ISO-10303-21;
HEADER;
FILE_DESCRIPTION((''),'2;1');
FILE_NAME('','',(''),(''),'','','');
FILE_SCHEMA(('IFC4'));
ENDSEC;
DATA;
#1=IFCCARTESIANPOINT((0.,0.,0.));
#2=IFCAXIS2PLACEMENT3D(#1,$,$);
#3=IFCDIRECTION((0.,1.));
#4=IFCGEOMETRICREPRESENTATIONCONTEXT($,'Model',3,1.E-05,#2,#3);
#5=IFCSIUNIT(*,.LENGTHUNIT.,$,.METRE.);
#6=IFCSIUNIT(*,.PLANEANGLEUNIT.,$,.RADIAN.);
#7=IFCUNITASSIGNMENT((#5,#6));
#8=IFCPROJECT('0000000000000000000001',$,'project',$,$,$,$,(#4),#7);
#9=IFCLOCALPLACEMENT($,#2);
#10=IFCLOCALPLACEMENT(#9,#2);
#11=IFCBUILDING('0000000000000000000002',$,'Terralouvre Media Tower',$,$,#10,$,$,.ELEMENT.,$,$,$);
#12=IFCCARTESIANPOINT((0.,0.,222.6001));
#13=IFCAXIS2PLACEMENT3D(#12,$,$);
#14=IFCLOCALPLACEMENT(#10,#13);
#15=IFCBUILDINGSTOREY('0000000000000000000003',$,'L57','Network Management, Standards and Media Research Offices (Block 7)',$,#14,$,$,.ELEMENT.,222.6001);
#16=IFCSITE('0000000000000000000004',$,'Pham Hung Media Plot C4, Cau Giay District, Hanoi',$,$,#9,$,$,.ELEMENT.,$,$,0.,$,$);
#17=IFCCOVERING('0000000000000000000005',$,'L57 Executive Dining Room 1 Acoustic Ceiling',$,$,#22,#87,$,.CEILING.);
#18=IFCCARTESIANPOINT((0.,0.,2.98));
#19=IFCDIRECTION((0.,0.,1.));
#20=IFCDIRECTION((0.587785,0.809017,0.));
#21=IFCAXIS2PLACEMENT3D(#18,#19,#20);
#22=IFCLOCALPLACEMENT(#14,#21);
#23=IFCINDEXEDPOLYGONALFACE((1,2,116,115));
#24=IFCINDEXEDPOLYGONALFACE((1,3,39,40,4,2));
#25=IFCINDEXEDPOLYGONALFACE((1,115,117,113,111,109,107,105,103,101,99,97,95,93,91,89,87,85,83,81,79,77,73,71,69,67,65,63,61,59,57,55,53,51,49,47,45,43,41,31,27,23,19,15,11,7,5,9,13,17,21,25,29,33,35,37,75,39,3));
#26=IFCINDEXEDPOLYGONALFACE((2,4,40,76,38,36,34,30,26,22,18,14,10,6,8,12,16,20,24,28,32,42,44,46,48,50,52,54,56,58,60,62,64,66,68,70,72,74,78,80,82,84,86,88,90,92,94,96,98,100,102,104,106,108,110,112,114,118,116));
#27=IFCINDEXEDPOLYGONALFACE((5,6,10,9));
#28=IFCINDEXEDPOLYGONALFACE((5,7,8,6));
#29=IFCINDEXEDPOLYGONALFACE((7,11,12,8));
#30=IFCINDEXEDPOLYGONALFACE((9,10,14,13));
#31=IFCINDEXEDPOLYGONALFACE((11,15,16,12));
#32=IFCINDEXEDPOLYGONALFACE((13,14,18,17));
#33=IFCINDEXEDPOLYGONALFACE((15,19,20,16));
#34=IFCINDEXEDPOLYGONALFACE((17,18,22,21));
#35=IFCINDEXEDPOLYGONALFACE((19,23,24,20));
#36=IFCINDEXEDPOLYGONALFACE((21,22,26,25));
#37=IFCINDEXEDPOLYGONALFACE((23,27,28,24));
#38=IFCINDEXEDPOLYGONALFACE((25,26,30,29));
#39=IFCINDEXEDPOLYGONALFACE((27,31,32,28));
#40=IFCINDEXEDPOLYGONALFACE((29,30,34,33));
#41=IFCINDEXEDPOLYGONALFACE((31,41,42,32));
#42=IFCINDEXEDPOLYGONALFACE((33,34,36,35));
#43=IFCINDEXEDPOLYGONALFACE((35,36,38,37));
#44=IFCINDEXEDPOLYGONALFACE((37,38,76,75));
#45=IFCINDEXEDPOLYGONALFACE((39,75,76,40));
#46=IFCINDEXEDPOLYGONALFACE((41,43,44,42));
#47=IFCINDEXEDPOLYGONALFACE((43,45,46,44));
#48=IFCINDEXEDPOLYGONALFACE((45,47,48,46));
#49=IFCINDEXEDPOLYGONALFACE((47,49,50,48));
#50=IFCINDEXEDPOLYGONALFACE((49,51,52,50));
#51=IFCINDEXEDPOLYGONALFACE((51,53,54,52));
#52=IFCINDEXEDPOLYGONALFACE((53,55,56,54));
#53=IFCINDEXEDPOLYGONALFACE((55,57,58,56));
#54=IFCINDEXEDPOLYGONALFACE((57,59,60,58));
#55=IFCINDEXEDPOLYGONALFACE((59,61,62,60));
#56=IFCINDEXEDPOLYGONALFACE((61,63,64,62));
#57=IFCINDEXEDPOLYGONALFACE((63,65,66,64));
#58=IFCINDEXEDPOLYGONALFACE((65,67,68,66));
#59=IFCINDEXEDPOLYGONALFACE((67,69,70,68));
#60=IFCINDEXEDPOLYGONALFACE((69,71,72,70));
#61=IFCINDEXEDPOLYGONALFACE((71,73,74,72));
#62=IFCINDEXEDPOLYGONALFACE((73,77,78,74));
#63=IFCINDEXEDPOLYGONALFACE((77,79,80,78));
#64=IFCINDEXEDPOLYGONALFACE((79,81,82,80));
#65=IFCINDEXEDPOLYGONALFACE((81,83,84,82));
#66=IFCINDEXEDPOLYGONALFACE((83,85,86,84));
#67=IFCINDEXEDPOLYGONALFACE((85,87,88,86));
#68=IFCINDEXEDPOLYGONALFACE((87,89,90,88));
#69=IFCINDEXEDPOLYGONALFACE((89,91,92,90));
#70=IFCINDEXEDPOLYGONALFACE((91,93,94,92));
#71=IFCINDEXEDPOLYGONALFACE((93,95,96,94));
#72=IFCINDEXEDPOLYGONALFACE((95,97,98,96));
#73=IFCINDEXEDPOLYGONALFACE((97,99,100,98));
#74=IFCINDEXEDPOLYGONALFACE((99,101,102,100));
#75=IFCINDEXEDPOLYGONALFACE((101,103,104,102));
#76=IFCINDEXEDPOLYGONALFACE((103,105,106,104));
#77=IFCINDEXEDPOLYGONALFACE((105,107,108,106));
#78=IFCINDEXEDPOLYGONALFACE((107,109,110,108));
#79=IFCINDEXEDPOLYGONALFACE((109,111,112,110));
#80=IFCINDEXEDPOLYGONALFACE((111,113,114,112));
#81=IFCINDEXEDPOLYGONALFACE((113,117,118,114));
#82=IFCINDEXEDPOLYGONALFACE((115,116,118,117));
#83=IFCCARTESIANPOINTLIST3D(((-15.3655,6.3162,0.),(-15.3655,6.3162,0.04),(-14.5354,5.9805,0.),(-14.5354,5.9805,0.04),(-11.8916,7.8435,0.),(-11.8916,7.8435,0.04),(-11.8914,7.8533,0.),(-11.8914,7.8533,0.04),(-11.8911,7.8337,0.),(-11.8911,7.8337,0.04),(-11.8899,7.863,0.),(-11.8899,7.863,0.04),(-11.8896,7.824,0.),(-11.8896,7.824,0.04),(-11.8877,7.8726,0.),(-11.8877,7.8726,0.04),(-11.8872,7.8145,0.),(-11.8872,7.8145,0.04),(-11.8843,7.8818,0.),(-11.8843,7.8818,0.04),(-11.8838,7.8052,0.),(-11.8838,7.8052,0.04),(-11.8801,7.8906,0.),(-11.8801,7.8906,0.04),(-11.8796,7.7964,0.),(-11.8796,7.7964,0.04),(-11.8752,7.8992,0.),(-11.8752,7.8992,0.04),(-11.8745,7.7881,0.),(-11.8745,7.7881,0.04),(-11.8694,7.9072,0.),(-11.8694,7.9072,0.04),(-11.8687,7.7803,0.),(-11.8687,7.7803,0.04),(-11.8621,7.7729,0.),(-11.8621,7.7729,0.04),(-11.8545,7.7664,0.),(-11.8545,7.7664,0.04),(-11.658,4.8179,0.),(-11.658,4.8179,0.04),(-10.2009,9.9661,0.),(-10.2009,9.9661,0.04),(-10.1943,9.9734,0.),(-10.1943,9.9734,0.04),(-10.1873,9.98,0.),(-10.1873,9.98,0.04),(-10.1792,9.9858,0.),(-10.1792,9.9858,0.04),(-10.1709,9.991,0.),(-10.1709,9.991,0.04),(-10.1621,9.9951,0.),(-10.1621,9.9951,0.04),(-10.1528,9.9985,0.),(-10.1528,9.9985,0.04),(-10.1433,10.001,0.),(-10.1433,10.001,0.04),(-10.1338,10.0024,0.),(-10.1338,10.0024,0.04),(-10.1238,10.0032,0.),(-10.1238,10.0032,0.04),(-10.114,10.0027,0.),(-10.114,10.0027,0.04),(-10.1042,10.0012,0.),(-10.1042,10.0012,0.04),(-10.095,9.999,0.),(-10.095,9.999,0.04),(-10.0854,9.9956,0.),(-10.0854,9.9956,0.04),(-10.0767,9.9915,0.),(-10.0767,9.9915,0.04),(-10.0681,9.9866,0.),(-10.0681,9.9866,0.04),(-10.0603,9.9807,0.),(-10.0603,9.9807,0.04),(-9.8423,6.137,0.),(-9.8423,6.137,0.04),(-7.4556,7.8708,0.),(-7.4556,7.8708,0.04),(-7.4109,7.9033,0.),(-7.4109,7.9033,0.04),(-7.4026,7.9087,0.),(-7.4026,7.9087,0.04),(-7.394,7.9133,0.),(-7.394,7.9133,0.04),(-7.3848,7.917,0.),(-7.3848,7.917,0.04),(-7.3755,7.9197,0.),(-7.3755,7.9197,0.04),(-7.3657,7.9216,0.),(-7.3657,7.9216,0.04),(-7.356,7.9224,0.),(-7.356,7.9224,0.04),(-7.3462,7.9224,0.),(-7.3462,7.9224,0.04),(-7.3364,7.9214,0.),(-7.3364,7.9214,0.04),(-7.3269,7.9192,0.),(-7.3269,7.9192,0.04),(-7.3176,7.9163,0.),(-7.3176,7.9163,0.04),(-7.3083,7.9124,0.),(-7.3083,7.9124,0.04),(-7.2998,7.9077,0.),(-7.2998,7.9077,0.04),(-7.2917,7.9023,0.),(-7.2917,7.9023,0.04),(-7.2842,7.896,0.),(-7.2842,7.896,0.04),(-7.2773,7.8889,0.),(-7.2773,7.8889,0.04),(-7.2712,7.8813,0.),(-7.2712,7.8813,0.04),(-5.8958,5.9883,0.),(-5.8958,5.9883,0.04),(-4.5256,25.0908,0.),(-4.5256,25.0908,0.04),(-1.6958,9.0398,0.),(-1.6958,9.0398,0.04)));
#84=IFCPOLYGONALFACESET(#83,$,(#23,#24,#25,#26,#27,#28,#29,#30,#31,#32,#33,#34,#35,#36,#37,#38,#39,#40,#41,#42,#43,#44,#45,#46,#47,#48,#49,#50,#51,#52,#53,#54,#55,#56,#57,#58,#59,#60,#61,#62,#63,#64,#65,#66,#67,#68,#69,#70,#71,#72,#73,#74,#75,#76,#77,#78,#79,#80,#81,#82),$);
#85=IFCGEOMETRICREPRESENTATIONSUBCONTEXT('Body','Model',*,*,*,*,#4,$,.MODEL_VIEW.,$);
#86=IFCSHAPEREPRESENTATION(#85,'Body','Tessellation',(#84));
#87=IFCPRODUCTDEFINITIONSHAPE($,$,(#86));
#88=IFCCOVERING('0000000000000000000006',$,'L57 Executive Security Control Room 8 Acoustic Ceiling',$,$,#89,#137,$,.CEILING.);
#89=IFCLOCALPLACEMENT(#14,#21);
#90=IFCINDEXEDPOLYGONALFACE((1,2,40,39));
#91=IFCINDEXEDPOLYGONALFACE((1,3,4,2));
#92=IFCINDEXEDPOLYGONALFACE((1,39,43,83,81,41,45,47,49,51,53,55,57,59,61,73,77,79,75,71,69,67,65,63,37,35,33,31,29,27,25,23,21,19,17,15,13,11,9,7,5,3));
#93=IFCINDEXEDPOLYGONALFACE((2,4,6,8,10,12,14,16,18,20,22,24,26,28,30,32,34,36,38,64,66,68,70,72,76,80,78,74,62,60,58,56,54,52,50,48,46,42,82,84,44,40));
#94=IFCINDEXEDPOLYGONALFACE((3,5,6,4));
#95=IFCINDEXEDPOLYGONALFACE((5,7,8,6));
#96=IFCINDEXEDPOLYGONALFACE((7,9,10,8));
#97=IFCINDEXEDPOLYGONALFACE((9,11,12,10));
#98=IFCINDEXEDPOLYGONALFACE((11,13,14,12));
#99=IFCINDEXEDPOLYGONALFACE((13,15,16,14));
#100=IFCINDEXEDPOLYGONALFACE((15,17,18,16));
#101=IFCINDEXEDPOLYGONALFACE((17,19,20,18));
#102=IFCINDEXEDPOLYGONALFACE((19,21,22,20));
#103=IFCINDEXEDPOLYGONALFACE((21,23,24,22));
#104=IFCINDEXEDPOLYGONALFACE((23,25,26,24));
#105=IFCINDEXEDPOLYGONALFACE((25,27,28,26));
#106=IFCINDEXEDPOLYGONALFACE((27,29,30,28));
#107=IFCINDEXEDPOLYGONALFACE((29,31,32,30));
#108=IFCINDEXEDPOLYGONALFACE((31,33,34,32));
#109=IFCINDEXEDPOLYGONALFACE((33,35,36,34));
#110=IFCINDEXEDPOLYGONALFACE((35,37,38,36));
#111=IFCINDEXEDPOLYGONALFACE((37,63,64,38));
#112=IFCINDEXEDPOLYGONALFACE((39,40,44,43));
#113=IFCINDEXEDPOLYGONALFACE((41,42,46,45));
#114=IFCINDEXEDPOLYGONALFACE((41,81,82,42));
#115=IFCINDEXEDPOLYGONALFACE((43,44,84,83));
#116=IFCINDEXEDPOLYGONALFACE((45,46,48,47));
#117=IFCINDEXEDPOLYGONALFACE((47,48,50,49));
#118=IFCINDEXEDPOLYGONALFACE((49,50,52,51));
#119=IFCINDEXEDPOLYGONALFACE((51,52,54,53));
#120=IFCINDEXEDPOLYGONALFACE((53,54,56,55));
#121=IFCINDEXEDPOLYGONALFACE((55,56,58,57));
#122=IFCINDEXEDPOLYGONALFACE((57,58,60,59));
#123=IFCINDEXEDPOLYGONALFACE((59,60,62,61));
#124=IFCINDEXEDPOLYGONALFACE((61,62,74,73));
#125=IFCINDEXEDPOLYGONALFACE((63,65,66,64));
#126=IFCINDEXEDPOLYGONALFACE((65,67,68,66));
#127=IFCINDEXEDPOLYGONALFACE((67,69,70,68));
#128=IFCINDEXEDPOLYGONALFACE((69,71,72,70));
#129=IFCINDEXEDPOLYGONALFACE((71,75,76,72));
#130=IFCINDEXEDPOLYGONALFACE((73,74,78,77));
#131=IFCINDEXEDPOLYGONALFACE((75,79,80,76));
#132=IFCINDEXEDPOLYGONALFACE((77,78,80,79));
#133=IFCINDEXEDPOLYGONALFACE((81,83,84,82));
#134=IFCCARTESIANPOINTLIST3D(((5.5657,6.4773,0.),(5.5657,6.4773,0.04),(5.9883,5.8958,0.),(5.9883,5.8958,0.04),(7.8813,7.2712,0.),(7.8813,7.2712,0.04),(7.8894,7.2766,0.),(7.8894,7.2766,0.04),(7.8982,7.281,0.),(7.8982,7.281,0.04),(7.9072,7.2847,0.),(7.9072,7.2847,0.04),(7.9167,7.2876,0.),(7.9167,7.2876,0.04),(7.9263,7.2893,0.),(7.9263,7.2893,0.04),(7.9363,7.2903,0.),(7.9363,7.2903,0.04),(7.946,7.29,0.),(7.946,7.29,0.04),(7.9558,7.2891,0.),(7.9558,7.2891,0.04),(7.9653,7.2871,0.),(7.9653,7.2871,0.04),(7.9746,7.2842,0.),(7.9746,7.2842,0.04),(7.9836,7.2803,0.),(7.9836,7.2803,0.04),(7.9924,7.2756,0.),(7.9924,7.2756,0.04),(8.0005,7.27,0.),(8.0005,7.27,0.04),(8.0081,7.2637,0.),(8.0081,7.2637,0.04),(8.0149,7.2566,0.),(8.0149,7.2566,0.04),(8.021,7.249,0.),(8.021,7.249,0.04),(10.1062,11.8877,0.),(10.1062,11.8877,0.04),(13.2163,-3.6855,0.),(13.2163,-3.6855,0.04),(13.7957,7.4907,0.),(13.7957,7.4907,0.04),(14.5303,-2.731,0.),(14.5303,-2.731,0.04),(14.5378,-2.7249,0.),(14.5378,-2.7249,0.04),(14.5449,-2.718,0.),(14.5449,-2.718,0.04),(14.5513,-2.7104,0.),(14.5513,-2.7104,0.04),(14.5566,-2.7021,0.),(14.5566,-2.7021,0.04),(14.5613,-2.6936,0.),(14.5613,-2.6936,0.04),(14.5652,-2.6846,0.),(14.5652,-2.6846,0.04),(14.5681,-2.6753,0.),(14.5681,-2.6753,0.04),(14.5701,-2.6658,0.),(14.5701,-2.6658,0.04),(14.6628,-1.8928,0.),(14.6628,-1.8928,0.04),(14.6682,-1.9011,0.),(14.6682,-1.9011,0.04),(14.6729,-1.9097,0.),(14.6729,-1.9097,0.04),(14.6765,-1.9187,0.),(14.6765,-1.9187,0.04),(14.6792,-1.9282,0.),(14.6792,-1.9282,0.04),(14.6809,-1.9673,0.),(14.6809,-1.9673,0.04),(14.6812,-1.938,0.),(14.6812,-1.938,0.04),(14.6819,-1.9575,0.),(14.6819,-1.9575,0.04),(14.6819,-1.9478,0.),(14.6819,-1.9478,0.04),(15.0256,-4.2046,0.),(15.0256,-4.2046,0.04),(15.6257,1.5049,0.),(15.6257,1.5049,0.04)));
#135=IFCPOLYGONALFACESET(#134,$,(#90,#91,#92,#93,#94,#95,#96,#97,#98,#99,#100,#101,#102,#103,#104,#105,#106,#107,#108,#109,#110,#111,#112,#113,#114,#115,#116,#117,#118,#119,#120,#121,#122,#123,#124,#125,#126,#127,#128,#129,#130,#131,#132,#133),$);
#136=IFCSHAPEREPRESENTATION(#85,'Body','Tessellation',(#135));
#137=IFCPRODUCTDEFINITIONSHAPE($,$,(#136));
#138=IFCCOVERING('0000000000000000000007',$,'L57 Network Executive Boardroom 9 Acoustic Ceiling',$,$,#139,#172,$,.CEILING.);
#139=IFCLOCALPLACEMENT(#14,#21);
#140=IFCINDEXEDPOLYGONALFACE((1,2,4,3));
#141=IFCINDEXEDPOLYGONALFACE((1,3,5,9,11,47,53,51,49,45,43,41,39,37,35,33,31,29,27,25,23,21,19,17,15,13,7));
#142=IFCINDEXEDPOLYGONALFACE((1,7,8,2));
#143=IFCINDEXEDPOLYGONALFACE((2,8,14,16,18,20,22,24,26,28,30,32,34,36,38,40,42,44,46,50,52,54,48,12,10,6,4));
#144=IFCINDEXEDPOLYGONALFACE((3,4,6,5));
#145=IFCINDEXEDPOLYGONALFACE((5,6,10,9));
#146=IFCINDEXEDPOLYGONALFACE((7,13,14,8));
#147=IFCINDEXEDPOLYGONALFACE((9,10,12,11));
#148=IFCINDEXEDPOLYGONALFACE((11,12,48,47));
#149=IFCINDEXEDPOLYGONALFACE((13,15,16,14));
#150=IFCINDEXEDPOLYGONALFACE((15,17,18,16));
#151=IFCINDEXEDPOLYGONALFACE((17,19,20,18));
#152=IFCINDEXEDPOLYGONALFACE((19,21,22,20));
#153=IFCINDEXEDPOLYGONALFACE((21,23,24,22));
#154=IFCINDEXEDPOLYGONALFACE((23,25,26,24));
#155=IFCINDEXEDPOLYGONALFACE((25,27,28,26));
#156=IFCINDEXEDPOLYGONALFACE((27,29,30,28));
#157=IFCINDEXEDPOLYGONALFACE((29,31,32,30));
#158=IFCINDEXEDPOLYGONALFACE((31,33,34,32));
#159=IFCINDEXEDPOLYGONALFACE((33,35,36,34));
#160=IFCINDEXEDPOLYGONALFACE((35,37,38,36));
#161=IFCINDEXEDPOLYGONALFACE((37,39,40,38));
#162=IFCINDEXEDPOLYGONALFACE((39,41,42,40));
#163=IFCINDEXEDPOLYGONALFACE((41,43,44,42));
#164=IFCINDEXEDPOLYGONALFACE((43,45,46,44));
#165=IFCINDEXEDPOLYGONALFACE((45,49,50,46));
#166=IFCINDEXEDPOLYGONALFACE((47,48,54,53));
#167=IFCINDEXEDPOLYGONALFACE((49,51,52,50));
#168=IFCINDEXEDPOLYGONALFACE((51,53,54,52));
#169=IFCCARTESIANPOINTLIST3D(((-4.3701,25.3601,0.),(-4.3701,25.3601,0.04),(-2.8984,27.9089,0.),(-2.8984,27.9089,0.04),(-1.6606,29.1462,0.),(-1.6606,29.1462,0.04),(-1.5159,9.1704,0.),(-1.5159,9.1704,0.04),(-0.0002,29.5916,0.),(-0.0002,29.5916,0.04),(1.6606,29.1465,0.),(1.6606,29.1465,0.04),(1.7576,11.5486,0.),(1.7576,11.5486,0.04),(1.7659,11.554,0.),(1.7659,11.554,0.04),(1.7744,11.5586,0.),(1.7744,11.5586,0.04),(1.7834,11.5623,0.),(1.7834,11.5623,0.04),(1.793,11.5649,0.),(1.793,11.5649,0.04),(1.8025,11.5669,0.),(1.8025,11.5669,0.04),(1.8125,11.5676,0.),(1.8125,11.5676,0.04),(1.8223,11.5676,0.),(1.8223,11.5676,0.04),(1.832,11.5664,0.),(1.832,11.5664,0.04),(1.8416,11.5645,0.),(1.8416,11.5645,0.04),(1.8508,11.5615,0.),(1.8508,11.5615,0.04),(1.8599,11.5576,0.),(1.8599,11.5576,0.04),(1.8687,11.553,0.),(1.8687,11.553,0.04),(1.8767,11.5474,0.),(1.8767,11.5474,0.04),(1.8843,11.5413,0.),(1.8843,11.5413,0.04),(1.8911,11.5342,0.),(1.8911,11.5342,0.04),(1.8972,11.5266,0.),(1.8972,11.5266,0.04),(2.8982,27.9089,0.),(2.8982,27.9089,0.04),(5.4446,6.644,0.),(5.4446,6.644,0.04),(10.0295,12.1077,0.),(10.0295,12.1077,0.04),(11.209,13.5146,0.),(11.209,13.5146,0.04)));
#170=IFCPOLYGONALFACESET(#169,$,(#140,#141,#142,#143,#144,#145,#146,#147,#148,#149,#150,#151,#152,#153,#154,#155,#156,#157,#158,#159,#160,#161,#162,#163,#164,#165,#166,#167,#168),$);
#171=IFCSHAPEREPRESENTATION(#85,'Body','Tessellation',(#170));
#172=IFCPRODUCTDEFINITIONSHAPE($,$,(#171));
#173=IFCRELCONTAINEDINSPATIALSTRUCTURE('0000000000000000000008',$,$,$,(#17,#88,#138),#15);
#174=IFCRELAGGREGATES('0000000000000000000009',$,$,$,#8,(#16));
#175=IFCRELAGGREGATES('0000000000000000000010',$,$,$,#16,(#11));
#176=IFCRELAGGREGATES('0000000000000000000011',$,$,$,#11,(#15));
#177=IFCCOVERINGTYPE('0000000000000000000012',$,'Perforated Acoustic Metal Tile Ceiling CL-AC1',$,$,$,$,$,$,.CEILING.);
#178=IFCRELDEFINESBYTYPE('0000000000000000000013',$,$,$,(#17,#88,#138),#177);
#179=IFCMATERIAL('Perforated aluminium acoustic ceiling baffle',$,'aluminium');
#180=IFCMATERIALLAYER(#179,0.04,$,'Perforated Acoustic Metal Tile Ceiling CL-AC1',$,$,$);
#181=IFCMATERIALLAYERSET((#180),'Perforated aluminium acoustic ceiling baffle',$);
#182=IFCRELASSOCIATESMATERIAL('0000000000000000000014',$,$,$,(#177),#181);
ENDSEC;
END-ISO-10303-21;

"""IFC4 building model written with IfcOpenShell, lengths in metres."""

from ifc_helpers import new_model, si_unit, direction, frame, origin, place, context, subcontext, project, spatial, polyline, outline, extrude, material, layer, layer_set, type_object, element, save


model = new_model("IFC4")

# Units and contexts
model_context = context("Model", 3, precision=1e-05, world=origin(), true_north=direction((0.0, 1.0)))
body_context = subcontext(model_context, "Body", "Model", "MODEL_VIEW")
ifc_project = project(units=[si_unit("LENGTHUNIT", "METRE"), si_unit("PLANEANGLEUNIT", "RADIAN")], contexts=[model_context])

# Site, building, storey
site_placement = place(None, origin())
site = spatial("IfcSite", under=ifc_project, at=site_placement, Name="Pham Hung Media Plot C4, Cau Giay District, Hanoi", CompositionType="ELEMENT", RefElevation=0.0)
building_placement = place(site_placement, origin())
building = spatial("IfcBuilding", under=site, at=building_placement, Name="Terralouvre Media Tower", CompositionType="ELEMENT")
storey_placement = place(building_placement, frame((0.0, 0.0, 222.6001)))
storey = spatial("IfcBuildingStorey", under=building, at=storey_placement, Name="L57", Description="Network Management, Standards and Media Research Offices (Block 7)", CompositionType="ELEMENT", Elevation=222.6001)

# Coverings
ifc_material_1 = material(Name="Perforated aluminium acoustic ceiling baffle", Category="aluminium")
ifc_layer_1 = layer(ifc_material_1, 0.04, Name="Perforated Acoustic Metal Tile Ceiling CL-AC1")
ifc_layer_set_1 = layer_set([ifc_layer_1], Name="Perforated aluminium acoustic ceiling baffle")
covering_type = type_object("IfcCoveringType", Name="Perforated Acoustic Metal Tile Ceiling CL-AC1", PredefinedType="CEILING", material=ifc_layer_set_1)
covering_1_placement = place(storey_placement, frame((0.0, 0.0, 2.98), z_axis=(0.0, 0.0, 1.0), x_axis=(0.587785, 0.809017, 0.0)))
element("IfcCovering", 1, at=covering_1_placement, inside=storey, type_object=covering_type, Name="L57 Executive Dining Room 1 Acoustic Ceiling", PredefinedType="CEILING", context=body_context, shape_type="SweptSolid", body=[
    extrude(outline(polyline([(-11.658, 4.8179), (-9.8423, 6.137), (-11.8545, 7.7664), (-11.8621, 7.7729), (-11.8687, 7.7803), (-11.8745, 7.7881), (-11.8796, 7.7964), (-11.8838, 7.8052), (-11.8872, 7.8145), (-11.8896, 7.824), (-11.8911, 7.8337), (-11.8916, 7.8435), (-11.8914, 7.8533), (-11.8899, 7.863), (-11.8877, 7.8726), (-11.8843, 7.8818), (-11.8801, 7.8906), (-11.8752, 7.8992), (-11.8694, 7.9072), (-10.2009, 9.9661), (-10.1943, 9.9734), (-10.1873, 9.98), (-10.1792, 9.9858), (-10.1709, 9.991), (-10.1621, 9.9951), (-10.1528, 9.9985), (-10.1433, 10.001), (-10.1338, 10.0024), (-10.1238, 10.0032), (-10.114, 10.0027), (-10.1042, 10.0012), (-10.095, 9.999), (-10.0854, 9.9956), (-10.0767, 9.9915), (-10.0681, 9.9866), (-10.0603, 9.9807), (-7.4556, 7.8708), (-7.4109, 7.9033), (-7.4026, 7.9087), (-7.394, 7.9133), (-7.3848, 7.917), (-7.3755, 7.9197), (-7.3657, 7.9216), (-7.356, 7.9224), (-7.3462, 7.9224), (-7.3364, 7.9214), (-7.3269, 7.9192), (-7.3176, 7.9163), (-7.3083, 7.9124), (-7.2998, 7.9077), (-7.2917, 7.9023), (-7.2842, 7.896), (-7.2773, 7.8889), (-7.2712, 7.8813), (-5.8958, 5.9883), (-1.6958, 9.0398), (-4.5256, 25.0908), (-15.3655, 6.3162), (-14.5354, 5.9805), (-11.658, 4.8179)])), origin(), (0.0, 0.0, 1.0), 0.04),
])
covering_2_placement = place(storey_placement, frame((0.0, 0.0, 2.98), z_axis=(0.0, 0.0, 1.0), x_axis=(0.587785, 0.809017, 0.0)))
element("IfcCovering", 2, at=covering_2_placement, inside=storey, type_object=covering_type, Name="L57 Executive Security Control Room 8 Acoustic Ceiling", PredefinedType="CEILING", context=body_context, shape_type="SweptSolid", body=[
    extrude(outline(polyline([(7.8894, 7.2766), (7.8982, 7.281), (7.9072, 7.2847), (7.9167, 7.2876), (7.9263, 7.2893), (7.9363, 7.2903), (7.946, 7.29), (7.9558, 7.2891), (7.9653, 7.2871), (7.9746, 7.2842), (7.9836, 7.2803), (7.9924, 7.2756), (8.0005, 7.27), (8.0081, 7.2637), (8.0149, 7.2566), (8.021, 7.249), (14.6628, -1.8928), (14.6682, -1.9011), (14.6729, -1.9097), (14.6765, -1.9187), (14.6792, -1.9282), (14.6812, -1.938), (14.6819, -1.9478), (14.6819, -1.9575), (14.6809, -1.9673), (14.5701, -2.6658), (14.5681, -2.6753), (14.5652, -2.6846), (14.5613, -2.6936), (14.5566, -2.7021), (14.5513, -2.7104), (14.5449, -2.718), (14.5378, -2.7249), (14.5303, -2.731), (13.2163, -3.6855), (15.0256, -4.2046), (15.6257, 1.5049), (13.7957, 7.4907), (10.1062, 11.8877), (5.5657, 6.4773), (5.9883, 5.8958), (7.8813, 7.2712), (7.8894, 7.2766)])), origin(), (0.0, 0.0, 1.0), 0.04),
])
covering_3_placement = place(storey_placement, frame((0.0, 0.0, 2.98), z_axis=(0.0, 0.0, 1.0), x_axis=(0.587785, 0.809017, 0.0)))
element("IfcCovering", 3, at=covering_3_placement, inside=storey, type_object=covering_type, Name="L57 Network Executive Boardroom 9 Acoustic Ceiling", PredefinedType="CEILING", context=body_context, shape_type="SweptSolid", body=[
    extrude(outline(polyline([(-1.5159, 9.1704), (1.7576, 11.5486), (1.7659, 11.554), (1.7744, 11.5586), (1.7834, 11.5623), (1.793, 11.5649), (1.8025, 11.5669), (1.8125, 11.5676), (1.8223, 11.5676), (1.832, 11.5664), (1.8416, 11.5645), (1.8508, 11.5615), (1.8599, 11.5576), (1.8687, 11.553), (1.8767, 11.5474), (1.8843, 11.5413), (1.8911, 11.5342), (1.8972, 11.5266), (5.4446, 6.644), (10.0295, 12.1077), (11.209, 13.5146), (2.8982, 27.9089), (1.6606, 29.1465), (-0.0002, 29.5916), (-1.6606, 29.1462), (-2.8984, 27.9089), (-4.3701, 25.3601), (-1.5159, 9.1704)])), origin(), (0.0, 0.0, 1.0), 0.04),
])

save(model, "model.ifc")
